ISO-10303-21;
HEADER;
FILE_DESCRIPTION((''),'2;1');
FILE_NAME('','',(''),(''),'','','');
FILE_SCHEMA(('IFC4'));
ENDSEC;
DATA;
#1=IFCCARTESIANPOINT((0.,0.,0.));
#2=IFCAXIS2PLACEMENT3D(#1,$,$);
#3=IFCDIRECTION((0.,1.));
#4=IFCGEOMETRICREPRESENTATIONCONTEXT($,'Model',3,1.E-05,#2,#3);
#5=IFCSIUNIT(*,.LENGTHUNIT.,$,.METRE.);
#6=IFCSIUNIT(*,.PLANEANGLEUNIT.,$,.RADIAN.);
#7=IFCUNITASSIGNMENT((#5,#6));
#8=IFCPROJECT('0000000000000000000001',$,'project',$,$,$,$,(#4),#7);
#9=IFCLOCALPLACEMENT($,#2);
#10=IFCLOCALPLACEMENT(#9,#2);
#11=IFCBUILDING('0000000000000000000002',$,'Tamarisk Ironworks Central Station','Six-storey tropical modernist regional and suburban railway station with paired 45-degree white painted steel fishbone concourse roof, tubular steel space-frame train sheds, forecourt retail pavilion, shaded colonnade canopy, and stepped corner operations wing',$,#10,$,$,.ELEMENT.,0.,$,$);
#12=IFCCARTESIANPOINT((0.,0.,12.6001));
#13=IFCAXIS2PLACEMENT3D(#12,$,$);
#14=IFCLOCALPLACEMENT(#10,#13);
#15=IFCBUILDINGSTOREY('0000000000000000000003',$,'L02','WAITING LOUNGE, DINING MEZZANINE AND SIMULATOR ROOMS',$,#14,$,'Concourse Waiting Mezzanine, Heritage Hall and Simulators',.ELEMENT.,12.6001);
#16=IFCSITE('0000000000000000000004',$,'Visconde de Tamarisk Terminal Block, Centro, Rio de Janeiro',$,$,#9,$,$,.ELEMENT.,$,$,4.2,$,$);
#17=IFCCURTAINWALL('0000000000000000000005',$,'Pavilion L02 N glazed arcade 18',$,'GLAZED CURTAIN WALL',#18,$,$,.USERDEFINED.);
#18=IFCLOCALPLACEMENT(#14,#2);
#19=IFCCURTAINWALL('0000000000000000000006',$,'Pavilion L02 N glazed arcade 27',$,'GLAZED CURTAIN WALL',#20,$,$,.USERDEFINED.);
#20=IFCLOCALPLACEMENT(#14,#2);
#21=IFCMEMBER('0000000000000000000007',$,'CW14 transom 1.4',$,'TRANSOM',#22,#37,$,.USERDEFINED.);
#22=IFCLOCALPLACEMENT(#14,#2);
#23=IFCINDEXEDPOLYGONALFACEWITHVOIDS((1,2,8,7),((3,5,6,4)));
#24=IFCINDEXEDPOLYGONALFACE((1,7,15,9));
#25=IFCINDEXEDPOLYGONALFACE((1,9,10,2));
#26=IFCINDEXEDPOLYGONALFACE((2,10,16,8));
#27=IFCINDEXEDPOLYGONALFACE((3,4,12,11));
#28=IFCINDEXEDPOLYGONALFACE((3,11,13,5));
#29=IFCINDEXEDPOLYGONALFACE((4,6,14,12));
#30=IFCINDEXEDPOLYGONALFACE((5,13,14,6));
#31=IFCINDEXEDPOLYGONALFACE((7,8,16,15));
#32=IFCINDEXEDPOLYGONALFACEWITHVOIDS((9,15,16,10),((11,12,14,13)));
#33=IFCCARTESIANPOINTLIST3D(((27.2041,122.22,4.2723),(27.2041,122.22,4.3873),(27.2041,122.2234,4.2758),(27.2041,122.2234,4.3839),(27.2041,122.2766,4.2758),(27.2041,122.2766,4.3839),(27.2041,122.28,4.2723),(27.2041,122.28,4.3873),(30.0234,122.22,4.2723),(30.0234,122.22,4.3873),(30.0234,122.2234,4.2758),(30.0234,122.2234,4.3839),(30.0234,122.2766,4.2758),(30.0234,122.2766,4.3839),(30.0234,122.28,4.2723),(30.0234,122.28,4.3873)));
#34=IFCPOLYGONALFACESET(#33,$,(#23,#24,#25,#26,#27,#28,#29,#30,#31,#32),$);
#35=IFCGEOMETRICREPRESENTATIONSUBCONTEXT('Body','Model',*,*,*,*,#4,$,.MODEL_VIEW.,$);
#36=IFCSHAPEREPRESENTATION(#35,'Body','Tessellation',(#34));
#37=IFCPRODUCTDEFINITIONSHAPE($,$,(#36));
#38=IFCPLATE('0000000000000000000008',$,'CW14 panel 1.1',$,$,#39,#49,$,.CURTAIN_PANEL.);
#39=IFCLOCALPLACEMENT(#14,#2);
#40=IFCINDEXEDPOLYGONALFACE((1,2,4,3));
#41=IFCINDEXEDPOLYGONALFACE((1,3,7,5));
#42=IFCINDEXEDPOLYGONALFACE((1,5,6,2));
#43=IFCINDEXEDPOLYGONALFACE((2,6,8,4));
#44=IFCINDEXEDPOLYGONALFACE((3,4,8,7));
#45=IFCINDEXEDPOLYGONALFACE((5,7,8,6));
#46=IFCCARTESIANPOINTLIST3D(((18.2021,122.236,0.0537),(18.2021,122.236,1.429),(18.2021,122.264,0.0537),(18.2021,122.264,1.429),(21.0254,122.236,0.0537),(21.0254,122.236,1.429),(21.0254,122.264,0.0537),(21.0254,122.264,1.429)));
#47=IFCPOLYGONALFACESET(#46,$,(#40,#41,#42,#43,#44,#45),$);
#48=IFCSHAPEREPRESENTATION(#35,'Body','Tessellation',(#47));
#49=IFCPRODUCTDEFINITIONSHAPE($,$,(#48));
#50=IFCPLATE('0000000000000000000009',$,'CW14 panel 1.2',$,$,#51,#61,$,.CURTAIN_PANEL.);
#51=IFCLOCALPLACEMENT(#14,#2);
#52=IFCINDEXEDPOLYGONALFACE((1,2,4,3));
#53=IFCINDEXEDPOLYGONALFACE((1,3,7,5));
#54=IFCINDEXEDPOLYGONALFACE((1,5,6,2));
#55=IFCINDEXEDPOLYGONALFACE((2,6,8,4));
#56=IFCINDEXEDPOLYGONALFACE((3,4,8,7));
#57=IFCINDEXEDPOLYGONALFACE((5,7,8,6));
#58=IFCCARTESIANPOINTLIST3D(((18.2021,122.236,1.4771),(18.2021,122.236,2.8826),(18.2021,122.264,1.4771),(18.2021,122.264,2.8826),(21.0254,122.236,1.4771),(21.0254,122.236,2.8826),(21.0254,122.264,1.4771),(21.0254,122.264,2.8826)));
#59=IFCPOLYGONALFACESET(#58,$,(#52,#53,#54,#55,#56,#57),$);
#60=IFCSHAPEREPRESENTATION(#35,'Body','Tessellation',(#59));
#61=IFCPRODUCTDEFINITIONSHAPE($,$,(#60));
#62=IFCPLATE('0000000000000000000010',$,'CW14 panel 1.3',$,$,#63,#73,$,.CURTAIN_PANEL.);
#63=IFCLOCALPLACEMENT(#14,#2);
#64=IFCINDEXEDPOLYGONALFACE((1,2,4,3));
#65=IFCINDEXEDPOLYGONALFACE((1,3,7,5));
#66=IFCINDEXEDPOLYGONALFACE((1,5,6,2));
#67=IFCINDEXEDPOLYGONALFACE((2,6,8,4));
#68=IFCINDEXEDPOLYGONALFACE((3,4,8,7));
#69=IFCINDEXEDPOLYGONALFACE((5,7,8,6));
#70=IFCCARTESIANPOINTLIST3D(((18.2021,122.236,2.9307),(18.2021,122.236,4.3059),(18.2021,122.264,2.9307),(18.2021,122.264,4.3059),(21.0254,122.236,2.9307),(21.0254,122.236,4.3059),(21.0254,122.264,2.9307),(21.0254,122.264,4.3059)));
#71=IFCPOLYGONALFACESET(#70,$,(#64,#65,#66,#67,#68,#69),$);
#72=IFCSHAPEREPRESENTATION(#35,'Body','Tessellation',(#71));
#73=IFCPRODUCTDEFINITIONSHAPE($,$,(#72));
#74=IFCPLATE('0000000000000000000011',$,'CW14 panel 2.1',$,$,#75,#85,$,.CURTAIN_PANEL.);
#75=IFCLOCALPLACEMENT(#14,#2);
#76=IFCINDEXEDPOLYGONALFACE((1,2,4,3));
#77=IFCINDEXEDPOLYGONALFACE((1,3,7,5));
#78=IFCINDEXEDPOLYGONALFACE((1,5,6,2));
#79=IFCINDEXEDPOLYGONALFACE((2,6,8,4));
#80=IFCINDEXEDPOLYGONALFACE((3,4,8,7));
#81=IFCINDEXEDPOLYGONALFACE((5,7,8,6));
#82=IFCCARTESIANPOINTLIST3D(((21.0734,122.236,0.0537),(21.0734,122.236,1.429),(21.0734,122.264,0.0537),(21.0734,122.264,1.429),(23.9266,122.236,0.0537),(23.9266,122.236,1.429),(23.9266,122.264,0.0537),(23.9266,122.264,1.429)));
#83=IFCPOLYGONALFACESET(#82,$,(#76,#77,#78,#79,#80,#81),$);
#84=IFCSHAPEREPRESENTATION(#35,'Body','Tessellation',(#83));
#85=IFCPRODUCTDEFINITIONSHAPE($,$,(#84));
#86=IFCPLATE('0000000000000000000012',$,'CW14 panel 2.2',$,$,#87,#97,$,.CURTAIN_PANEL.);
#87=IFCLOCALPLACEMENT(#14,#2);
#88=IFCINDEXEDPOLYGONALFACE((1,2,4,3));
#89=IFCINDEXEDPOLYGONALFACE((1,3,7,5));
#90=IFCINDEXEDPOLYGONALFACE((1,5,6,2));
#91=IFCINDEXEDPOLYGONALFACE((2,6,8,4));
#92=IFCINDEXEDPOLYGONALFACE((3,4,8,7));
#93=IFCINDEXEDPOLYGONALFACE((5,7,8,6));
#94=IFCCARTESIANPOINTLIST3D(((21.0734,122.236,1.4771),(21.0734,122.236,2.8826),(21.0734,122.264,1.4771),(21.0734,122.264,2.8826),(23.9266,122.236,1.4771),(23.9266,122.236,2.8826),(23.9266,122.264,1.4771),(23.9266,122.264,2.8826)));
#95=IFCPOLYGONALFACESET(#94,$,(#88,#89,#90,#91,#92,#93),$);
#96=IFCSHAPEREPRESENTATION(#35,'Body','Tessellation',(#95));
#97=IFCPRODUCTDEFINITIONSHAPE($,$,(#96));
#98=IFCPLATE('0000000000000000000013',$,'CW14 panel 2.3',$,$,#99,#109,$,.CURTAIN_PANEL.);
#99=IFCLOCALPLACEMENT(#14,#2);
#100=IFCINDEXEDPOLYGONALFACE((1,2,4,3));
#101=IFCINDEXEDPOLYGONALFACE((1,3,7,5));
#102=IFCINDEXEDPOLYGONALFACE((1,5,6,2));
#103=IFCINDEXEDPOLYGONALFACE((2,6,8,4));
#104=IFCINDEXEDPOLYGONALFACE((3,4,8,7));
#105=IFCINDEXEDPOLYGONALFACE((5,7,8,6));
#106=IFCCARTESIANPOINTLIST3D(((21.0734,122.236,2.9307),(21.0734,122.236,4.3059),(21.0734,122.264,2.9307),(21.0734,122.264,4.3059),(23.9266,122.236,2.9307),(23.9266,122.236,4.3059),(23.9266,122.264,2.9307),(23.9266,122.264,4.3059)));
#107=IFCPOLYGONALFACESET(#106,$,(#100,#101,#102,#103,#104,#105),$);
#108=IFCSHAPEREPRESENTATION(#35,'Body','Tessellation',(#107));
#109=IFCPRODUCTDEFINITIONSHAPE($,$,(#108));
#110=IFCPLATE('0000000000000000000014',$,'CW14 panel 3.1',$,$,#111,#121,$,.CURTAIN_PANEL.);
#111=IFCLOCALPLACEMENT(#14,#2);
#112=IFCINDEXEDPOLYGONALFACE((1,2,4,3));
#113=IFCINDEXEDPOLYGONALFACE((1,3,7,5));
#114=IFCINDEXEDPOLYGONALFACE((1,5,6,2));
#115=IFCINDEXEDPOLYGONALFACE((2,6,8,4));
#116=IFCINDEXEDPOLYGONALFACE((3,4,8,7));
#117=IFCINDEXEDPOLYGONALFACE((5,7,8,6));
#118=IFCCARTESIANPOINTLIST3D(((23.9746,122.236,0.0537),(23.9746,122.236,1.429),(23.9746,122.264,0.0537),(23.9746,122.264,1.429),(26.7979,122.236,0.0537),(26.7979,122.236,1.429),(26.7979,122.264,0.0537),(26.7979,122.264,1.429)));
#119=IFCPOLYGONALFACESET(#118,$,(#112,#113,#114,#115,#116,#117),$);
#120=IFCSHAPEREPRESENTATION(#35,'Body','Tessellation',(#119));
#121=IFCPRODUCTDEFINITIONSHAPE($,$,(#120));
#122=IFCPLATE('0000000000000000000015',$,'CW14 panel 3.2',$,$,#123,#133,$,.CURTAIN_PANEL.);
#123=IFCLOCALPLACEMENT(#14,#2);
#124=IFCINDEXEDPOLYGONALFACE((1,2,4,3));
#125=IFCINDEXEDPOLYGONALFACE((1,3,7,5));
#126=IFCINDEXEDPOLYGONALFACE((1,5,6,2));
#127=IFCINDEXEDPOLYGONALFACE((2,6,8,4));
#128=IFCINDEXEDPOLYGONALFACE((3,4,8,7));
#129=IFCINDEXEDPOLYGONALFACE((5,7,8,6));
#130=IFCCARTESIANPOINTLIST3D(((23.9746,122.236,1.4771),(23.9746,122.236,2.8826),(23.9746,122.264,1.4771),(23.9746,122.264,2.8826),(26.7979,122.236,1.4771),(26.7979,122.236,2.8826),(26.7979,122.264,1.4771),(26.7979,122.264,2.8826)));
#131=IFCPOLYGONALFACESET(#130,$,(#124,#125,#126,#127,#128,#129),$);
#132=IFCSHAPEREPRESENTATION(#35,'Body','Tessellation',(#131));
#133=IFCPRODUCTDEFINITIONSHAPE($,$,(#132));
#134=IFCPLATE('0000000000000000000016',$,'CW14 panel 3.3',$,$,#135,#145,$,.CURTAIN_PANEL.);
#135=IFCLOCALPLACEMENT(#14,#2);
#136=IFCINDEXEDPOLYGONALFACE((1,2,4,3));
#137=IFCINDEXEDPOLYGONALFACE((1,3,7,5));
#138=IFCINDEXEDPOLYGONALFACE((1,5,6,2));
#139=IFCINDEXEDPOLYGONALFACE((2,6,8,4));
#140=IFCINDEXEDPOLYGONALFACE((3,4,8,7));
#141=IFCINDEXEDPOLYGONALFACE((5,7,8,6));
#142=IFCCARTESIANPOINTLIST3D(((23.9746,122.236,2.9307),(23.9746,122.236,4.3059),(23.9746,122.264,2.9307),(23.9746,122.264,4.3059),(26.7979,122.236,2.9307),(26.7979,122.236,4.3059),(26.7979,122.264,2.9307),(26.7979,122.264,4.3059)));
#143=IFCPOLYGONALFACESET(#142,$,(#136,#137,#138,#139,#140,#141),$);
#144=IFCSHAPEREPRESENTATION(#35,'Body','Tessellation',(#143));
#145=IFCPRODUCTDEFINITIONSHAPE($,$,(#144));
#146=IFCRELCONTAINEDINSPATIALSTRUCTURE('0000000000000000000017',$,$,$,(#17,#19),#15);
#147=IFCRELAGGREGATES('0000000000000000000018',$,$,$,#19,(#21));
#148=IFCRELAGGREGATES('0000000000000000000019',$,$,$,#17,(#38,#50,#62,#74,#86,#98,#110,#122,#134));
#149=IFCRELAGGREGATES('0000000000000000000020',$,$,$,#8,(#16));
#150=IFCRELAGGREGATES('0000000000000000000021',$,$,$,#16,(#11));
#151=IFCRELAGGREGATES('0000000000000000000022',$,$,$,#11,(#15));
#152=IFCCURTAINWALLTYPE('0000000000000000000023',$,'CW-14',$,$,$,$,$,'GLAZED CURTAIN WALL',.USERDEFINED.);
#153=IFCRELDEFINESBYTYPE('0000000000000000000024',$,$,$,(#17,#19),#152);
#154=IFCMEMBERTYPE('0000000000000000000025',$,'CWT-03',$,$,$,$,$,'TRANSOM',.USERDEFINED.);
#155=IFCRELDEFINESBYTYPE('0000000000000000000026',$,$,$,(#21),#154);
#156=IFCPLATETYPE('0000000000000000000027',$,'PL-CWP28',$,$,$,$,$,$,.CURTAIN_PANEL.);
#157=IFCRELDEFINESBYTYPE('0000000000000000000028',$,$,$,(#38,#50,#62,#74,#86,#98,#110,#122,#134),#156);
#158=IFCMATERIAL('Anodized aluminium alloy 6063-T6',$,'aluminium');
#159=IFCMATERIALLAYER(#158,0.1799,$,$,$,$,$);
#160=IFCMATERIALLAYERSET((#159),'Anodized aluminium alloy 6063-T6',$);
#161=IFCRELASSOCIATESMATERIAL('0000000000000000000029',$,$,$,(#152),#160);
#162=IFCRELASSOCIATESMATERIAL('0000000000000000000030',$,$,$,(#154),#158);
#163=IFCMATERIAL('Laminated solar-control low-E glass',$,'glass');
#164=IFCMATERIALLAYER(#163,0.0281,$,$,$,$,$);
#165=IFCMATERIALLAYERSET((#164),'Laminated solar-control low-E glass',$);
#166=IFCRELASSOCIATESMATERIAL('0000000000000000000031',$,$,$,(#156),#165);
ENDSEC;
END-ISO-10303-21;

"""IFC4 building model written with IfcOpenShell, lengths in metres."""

from ifc_helpers import new_model, si_unit, direction, frame, origin, origin_2d, place, context, subcontext, project, spatial, rectangle, hollow_rectangle, extrude, material, layer, layer_set, material_profile, profile_set, type_object, element, aggregate, save


model = new_model("IFC4")

# Units and contexts
model_context = context("Model", 3, precision=1e-05, world=origin(), true_north=direction((0.0, 1.0)))
body_context = subcontext(model_context, "Body", "Model", "MODEL_VIEW")
ifc_project = project(units=[si_unit("LENGTHUNIT", "METRE"), si_unit("PLANEANGLEUNIT", "RADIAN")], contexts=[model_context])

# Site, building, storey
site_placement = place(None, origin())
site = spatial("IfcSite", under=ifc_project, at=site_placement, Name="Visconde de Tamarisk Terminal Block, Centro, Rio de Janeiro", CompositionType="ELEMENT", RefElevation=4.2)
building_placement = place(site_placement, origin())
building = spatial("IfcBuilding", under=site, at=building_placement, Name="Tamarisk Ironworks Central Station", Description="Six-storey tropical modernist regional and suburban railway station with paired 45-degree white painted steel fishbone concourse roof, tubular steel space-frame train sheds, forecourt retail pavilion, shaded colonnade canopy, and stepped corner operations wing", CompositionType="ELEMENT", ElevationOfRefHeight=0.0)
storey_placement = place(building_placement, frame((0.0, 0.0, 12.6001)))
storey = spatial("IfcBuildingStorey", under=building, at=storey_placement, Name="L02", Description="WAITING LOUNGE, DINING MEZZANINE AND SIMULATOR ROOMS", LongName="Concourse Waiting Mezzanine, Heritage Hall and Simulators", CompositionType="ELEMENT", Elevation=12.6001)

# Curtain wall
ifc_material_1 = material(Name="Anodized aluminium alloy 6063-T6", Category="aluminium")
ifc_layer_1 = layer(ifc_material_1, 0.1799)
ifc_layer_set_1 = layer_set([ifc_layer_1], Name="Anodized aluminium alloy 6063-T6")
curtain_wall_type = type_object("IfcCurtainWallType", Name="CW-14", ElementType="GLAZED CURTAIN WALL", PredefinedType="USERDEFINED", material=ifc_layer_set_1)
curtain_wall_1_placement = place(storey_placement, origin())
curtain_wall_1 = element("IfcCurtainWall", 1, at=curtain_wall_1_placement, inside=storey, type_object=curtain_wall_type, Name="Pavilion L02 N glazed arcade 18", ObjectType="GLAZED CURTAIN WALL", PredefinedType="USERDEFINED")

# Curtain wall
curtain_wall_2_placement = place(storey_placement, origin())
curtain_wall_2 = element("IfcCurtainWall", 2, at=curtain_wall_2_placement, inside=storey, type_object=curtain_wall_type, Name="Pavilion L02 N glazed arcade 27", ObjectType="GLAZED CURTAIN WALL", PredefinedType="USERDEFINED")

# Member
ifc_material_profile_1 = material_profile(ifc_material_1, hollow_rectangle(XDim=0.0601, YDim=0.115, WallThickness=0.0034, at=origin_2d()), Name="ALUM 115x60")
ifc_profile_set_1 = profile_set([ifc_material_profile_1], Name="Anodized aluminium alloy 6063-T6")
member_type_1 = type_object("IfcMemberType", Name="CWT-03", ElementType="TRANSOM", PredefinedType="USERDEFINED", material=ifc_profile_set_1)
member_1_placement = place(storey_placement, frame((27.2041, 122.25, 4.3298), z_axis=(1.0, 0.0, 0.0), x_axis=(0.0, 1.0, 0.0)))
member_1 = element("IfcMember", 3, at=member_1_placement, type_object=member_type_1, Name="CW14 transom 1.4", ObjectType="TRANSOM", PredefinedType="USERDEFINED", context=body_context, shape_type="SweptSolid", body=[
    extrude(hollow_rectangle(XDim=0.0601, YDim=0.115, WallThickness=0.0034, at=origin_2d()), origin(), (0.0, 0.0, 1.0), 2.8193),
])
aggregate(curtain_wall_2, [member_1])

# Plates
ifc_material_2 = material(Name="Laminated solar-control low-E glass", Category="glass")
ifc_layer_2 = layer(ifc_material_2, 0.0281)
ifc_layer_set_2 = layer_set([ifc_layer_2], Name="Laminated solar-control low-E glass")
plate_type = type_object("IfcPlateType", Name="PL-CWP28", PredefinedType="CURTAIN_PANEL", material=ifc_layer_set_2)
plate_1_placement = place(storey_placement, frame((19.6138, 122.25, 0.0537), z_axis=(0.0, 0.0, 1.0), x_axis=(1.0, 0.0, 0.0)))
plate_1 = element("IfcPlate", 4, at=plate_1_placement, type_object=plate_type, Name="CW14 panel 1.1", PredefinedType="CURTAIN_PANEL", context=body_context, shape_type="SweptSolid", body=[
    extrude(rectangle(XDim=2.8232, YDim=0.0281, at=origin_2d()), origin(), (0.0, 0.0, 1.0), 1.3752),
])
plate_2_placement = place(storey_placement, frame((19.6138, 122.25, 1.4771), z_axis=(0.0, 0.0, 1.0), x_axis=(1.0, 0.0, 0.0)))
plate_2 = element("IfcPlate", 5, at=plate_2_placement, type_object=plate_type, Name="CW14 panel 1.2", PredefinedType="CURTAIN_PANEL", context=body_context, shape_type="SweptSolid", body=[
    extrude(rectangle(XDim=2.8232, YDim=0.0281, at=origin_2d()), origin(), (0.0, 0.0, 1.0), 1.4055),
])
plate_3_placement = place(storey_placement, frame((19.6138, 122.25, 2.9307), z_axis=(0.0, 0.0, 1.0), x_axis=(1.0, 0.0, 0.0)))
plate_3 = element("IfcPlate", 6, at=plate_3_placement, type_object=plate_type, Name="CW14 panel 1.3", PredefinedType="CURTAIN_PANEL", context=body_context, shape_type="SweptSolid", body=[
    extrude(rectangle(XDim=2.8232, YDim=0.0281, at=origin_2d()), origin(), (0.0, 0.0, 1.0), 1.3752),
])
plate_4_placement = place(storey_placement, frame((22.5, 122.25, 0.0537), z_axis=(0.0, 0.0, 1.0), x_axis=(1.0, 0.0, 0.0)))
plate_4 = element("IfcPlate", 7, at=plate_4_placement, type_object=plate_type, Name="CW14 panel 2.1", PredefinedType="CURTAIN_PANEL", context=body_context, shape_type="SweptSolid", body=[
    extrude(rectangle(XDim=2.8533, YDim=0.0281, at=origin_2d()), origin(), (0.0, 0.0, 1.0), 1.3752),
])
plate_5_placement = place(storey_placement, frame((22.5, 122.25, 1.4771), z_axis=(0.0, 0.0, 1.0), x_axis=(1.0, 0.0, 0.0)))
plate_5 = element("IfcPlate", 8, at=plate_5_placement, type_object=plate_type, Name="CW14 panel 2.2", PredefinedType="CURTAIN_PANEL", context=body_context, shape_type="SweptSolid", body=[
    extrude(rectangle(XDim=2.8533, YDim=0.0281, at=origin_2d()), origin(), (0.0, 0.0, 1.0), 1.4055),
])
plate_6_placement = place(storey_placement, frame((22.5, 122.25, 2.9307), z_axis=(0.0, 0.0, 1.0), x_axis=(1.0, 0.0, 0.0)))
plate_6 = element("IfcPlate", 9, at=plate_6_placement, type_object=plate_type, Name="CW14 panel 2.3", PredefinedType="CURTAIN_PANEL", context=body_context, shape_type="SweptSolid", body=[
    extrude(rectangle(XDim=2.8533, YDim=0.0281, at=origin_2d()), origin(), (0.0, 0.0, 1.0), 1.3752),
])
plate_7_placement = place(storey_placement, frame((25.3862, 122.25, 0.0537), z_axis=(0.0, 0.0, 1.0), x_axis=(1.0, 0.0, 0.0)))
plate_7 = element("IfcPlate", 10, at=plate_7_placement, type_object=plate_type, Name="CW14 panel 3.1", PredefinedType="CURTAIN_PANEL", context=body_context, shape_type="SweptSolid", body=[
    extrude(rectangle(XDim=2.8232, YDim=0.0281, at=origin_2d()), origin(), (0.0, 0.0, 1.0), 1.3752),
])
plate_8_placement = place(storey_placement, frame((25.3862, 122.25, 1.4771), z_axis=(0.0, 0.0, 1.0), x_axis=(1.0, 0.0, 0.0)))
plate_8 = element("IfcPlate", 11, at=plate_8_placement, type_object=plate_type, Name="CW14 panel 3.2", PredefinedType="CURTAIN_PANEL", context=body_context, shape_type="SweptSolid", body=[
    extrude(rectangle(XDim=2.8232, YDim=0.0281, at=origin_2d()), origin(), (0.0, 0.0, 1.0), 1.4055),
])
plate_9_placement = place(storey_placement, frame((25.3862, 122.25, 2.9307), z_axis=(0.0, 0.0, 1.0), x_axis=(1.0, 0.0, 0.0)))
plate_9 = element("IfcPlate", 12, at=plate_9_placement, type_object=plate_type, Name="CW14 panel 3.3", PredefinedType="CURTAIN_PANEL", context=body_context, shape_type="SweptSolid", body=[
    extrude(rectangle(XDim=2.8232, YDim=0.0281, at=origin_2d()), origin(), (0.0, 0.0, 1.0), 1.3752),
])
aggregate(curtain_wall_1, [plate_1, plate_2, plate_3, plate_4, plate_5, plate_6, plate_7, plate_8, plate_9])

save(model, "model.ifc")
